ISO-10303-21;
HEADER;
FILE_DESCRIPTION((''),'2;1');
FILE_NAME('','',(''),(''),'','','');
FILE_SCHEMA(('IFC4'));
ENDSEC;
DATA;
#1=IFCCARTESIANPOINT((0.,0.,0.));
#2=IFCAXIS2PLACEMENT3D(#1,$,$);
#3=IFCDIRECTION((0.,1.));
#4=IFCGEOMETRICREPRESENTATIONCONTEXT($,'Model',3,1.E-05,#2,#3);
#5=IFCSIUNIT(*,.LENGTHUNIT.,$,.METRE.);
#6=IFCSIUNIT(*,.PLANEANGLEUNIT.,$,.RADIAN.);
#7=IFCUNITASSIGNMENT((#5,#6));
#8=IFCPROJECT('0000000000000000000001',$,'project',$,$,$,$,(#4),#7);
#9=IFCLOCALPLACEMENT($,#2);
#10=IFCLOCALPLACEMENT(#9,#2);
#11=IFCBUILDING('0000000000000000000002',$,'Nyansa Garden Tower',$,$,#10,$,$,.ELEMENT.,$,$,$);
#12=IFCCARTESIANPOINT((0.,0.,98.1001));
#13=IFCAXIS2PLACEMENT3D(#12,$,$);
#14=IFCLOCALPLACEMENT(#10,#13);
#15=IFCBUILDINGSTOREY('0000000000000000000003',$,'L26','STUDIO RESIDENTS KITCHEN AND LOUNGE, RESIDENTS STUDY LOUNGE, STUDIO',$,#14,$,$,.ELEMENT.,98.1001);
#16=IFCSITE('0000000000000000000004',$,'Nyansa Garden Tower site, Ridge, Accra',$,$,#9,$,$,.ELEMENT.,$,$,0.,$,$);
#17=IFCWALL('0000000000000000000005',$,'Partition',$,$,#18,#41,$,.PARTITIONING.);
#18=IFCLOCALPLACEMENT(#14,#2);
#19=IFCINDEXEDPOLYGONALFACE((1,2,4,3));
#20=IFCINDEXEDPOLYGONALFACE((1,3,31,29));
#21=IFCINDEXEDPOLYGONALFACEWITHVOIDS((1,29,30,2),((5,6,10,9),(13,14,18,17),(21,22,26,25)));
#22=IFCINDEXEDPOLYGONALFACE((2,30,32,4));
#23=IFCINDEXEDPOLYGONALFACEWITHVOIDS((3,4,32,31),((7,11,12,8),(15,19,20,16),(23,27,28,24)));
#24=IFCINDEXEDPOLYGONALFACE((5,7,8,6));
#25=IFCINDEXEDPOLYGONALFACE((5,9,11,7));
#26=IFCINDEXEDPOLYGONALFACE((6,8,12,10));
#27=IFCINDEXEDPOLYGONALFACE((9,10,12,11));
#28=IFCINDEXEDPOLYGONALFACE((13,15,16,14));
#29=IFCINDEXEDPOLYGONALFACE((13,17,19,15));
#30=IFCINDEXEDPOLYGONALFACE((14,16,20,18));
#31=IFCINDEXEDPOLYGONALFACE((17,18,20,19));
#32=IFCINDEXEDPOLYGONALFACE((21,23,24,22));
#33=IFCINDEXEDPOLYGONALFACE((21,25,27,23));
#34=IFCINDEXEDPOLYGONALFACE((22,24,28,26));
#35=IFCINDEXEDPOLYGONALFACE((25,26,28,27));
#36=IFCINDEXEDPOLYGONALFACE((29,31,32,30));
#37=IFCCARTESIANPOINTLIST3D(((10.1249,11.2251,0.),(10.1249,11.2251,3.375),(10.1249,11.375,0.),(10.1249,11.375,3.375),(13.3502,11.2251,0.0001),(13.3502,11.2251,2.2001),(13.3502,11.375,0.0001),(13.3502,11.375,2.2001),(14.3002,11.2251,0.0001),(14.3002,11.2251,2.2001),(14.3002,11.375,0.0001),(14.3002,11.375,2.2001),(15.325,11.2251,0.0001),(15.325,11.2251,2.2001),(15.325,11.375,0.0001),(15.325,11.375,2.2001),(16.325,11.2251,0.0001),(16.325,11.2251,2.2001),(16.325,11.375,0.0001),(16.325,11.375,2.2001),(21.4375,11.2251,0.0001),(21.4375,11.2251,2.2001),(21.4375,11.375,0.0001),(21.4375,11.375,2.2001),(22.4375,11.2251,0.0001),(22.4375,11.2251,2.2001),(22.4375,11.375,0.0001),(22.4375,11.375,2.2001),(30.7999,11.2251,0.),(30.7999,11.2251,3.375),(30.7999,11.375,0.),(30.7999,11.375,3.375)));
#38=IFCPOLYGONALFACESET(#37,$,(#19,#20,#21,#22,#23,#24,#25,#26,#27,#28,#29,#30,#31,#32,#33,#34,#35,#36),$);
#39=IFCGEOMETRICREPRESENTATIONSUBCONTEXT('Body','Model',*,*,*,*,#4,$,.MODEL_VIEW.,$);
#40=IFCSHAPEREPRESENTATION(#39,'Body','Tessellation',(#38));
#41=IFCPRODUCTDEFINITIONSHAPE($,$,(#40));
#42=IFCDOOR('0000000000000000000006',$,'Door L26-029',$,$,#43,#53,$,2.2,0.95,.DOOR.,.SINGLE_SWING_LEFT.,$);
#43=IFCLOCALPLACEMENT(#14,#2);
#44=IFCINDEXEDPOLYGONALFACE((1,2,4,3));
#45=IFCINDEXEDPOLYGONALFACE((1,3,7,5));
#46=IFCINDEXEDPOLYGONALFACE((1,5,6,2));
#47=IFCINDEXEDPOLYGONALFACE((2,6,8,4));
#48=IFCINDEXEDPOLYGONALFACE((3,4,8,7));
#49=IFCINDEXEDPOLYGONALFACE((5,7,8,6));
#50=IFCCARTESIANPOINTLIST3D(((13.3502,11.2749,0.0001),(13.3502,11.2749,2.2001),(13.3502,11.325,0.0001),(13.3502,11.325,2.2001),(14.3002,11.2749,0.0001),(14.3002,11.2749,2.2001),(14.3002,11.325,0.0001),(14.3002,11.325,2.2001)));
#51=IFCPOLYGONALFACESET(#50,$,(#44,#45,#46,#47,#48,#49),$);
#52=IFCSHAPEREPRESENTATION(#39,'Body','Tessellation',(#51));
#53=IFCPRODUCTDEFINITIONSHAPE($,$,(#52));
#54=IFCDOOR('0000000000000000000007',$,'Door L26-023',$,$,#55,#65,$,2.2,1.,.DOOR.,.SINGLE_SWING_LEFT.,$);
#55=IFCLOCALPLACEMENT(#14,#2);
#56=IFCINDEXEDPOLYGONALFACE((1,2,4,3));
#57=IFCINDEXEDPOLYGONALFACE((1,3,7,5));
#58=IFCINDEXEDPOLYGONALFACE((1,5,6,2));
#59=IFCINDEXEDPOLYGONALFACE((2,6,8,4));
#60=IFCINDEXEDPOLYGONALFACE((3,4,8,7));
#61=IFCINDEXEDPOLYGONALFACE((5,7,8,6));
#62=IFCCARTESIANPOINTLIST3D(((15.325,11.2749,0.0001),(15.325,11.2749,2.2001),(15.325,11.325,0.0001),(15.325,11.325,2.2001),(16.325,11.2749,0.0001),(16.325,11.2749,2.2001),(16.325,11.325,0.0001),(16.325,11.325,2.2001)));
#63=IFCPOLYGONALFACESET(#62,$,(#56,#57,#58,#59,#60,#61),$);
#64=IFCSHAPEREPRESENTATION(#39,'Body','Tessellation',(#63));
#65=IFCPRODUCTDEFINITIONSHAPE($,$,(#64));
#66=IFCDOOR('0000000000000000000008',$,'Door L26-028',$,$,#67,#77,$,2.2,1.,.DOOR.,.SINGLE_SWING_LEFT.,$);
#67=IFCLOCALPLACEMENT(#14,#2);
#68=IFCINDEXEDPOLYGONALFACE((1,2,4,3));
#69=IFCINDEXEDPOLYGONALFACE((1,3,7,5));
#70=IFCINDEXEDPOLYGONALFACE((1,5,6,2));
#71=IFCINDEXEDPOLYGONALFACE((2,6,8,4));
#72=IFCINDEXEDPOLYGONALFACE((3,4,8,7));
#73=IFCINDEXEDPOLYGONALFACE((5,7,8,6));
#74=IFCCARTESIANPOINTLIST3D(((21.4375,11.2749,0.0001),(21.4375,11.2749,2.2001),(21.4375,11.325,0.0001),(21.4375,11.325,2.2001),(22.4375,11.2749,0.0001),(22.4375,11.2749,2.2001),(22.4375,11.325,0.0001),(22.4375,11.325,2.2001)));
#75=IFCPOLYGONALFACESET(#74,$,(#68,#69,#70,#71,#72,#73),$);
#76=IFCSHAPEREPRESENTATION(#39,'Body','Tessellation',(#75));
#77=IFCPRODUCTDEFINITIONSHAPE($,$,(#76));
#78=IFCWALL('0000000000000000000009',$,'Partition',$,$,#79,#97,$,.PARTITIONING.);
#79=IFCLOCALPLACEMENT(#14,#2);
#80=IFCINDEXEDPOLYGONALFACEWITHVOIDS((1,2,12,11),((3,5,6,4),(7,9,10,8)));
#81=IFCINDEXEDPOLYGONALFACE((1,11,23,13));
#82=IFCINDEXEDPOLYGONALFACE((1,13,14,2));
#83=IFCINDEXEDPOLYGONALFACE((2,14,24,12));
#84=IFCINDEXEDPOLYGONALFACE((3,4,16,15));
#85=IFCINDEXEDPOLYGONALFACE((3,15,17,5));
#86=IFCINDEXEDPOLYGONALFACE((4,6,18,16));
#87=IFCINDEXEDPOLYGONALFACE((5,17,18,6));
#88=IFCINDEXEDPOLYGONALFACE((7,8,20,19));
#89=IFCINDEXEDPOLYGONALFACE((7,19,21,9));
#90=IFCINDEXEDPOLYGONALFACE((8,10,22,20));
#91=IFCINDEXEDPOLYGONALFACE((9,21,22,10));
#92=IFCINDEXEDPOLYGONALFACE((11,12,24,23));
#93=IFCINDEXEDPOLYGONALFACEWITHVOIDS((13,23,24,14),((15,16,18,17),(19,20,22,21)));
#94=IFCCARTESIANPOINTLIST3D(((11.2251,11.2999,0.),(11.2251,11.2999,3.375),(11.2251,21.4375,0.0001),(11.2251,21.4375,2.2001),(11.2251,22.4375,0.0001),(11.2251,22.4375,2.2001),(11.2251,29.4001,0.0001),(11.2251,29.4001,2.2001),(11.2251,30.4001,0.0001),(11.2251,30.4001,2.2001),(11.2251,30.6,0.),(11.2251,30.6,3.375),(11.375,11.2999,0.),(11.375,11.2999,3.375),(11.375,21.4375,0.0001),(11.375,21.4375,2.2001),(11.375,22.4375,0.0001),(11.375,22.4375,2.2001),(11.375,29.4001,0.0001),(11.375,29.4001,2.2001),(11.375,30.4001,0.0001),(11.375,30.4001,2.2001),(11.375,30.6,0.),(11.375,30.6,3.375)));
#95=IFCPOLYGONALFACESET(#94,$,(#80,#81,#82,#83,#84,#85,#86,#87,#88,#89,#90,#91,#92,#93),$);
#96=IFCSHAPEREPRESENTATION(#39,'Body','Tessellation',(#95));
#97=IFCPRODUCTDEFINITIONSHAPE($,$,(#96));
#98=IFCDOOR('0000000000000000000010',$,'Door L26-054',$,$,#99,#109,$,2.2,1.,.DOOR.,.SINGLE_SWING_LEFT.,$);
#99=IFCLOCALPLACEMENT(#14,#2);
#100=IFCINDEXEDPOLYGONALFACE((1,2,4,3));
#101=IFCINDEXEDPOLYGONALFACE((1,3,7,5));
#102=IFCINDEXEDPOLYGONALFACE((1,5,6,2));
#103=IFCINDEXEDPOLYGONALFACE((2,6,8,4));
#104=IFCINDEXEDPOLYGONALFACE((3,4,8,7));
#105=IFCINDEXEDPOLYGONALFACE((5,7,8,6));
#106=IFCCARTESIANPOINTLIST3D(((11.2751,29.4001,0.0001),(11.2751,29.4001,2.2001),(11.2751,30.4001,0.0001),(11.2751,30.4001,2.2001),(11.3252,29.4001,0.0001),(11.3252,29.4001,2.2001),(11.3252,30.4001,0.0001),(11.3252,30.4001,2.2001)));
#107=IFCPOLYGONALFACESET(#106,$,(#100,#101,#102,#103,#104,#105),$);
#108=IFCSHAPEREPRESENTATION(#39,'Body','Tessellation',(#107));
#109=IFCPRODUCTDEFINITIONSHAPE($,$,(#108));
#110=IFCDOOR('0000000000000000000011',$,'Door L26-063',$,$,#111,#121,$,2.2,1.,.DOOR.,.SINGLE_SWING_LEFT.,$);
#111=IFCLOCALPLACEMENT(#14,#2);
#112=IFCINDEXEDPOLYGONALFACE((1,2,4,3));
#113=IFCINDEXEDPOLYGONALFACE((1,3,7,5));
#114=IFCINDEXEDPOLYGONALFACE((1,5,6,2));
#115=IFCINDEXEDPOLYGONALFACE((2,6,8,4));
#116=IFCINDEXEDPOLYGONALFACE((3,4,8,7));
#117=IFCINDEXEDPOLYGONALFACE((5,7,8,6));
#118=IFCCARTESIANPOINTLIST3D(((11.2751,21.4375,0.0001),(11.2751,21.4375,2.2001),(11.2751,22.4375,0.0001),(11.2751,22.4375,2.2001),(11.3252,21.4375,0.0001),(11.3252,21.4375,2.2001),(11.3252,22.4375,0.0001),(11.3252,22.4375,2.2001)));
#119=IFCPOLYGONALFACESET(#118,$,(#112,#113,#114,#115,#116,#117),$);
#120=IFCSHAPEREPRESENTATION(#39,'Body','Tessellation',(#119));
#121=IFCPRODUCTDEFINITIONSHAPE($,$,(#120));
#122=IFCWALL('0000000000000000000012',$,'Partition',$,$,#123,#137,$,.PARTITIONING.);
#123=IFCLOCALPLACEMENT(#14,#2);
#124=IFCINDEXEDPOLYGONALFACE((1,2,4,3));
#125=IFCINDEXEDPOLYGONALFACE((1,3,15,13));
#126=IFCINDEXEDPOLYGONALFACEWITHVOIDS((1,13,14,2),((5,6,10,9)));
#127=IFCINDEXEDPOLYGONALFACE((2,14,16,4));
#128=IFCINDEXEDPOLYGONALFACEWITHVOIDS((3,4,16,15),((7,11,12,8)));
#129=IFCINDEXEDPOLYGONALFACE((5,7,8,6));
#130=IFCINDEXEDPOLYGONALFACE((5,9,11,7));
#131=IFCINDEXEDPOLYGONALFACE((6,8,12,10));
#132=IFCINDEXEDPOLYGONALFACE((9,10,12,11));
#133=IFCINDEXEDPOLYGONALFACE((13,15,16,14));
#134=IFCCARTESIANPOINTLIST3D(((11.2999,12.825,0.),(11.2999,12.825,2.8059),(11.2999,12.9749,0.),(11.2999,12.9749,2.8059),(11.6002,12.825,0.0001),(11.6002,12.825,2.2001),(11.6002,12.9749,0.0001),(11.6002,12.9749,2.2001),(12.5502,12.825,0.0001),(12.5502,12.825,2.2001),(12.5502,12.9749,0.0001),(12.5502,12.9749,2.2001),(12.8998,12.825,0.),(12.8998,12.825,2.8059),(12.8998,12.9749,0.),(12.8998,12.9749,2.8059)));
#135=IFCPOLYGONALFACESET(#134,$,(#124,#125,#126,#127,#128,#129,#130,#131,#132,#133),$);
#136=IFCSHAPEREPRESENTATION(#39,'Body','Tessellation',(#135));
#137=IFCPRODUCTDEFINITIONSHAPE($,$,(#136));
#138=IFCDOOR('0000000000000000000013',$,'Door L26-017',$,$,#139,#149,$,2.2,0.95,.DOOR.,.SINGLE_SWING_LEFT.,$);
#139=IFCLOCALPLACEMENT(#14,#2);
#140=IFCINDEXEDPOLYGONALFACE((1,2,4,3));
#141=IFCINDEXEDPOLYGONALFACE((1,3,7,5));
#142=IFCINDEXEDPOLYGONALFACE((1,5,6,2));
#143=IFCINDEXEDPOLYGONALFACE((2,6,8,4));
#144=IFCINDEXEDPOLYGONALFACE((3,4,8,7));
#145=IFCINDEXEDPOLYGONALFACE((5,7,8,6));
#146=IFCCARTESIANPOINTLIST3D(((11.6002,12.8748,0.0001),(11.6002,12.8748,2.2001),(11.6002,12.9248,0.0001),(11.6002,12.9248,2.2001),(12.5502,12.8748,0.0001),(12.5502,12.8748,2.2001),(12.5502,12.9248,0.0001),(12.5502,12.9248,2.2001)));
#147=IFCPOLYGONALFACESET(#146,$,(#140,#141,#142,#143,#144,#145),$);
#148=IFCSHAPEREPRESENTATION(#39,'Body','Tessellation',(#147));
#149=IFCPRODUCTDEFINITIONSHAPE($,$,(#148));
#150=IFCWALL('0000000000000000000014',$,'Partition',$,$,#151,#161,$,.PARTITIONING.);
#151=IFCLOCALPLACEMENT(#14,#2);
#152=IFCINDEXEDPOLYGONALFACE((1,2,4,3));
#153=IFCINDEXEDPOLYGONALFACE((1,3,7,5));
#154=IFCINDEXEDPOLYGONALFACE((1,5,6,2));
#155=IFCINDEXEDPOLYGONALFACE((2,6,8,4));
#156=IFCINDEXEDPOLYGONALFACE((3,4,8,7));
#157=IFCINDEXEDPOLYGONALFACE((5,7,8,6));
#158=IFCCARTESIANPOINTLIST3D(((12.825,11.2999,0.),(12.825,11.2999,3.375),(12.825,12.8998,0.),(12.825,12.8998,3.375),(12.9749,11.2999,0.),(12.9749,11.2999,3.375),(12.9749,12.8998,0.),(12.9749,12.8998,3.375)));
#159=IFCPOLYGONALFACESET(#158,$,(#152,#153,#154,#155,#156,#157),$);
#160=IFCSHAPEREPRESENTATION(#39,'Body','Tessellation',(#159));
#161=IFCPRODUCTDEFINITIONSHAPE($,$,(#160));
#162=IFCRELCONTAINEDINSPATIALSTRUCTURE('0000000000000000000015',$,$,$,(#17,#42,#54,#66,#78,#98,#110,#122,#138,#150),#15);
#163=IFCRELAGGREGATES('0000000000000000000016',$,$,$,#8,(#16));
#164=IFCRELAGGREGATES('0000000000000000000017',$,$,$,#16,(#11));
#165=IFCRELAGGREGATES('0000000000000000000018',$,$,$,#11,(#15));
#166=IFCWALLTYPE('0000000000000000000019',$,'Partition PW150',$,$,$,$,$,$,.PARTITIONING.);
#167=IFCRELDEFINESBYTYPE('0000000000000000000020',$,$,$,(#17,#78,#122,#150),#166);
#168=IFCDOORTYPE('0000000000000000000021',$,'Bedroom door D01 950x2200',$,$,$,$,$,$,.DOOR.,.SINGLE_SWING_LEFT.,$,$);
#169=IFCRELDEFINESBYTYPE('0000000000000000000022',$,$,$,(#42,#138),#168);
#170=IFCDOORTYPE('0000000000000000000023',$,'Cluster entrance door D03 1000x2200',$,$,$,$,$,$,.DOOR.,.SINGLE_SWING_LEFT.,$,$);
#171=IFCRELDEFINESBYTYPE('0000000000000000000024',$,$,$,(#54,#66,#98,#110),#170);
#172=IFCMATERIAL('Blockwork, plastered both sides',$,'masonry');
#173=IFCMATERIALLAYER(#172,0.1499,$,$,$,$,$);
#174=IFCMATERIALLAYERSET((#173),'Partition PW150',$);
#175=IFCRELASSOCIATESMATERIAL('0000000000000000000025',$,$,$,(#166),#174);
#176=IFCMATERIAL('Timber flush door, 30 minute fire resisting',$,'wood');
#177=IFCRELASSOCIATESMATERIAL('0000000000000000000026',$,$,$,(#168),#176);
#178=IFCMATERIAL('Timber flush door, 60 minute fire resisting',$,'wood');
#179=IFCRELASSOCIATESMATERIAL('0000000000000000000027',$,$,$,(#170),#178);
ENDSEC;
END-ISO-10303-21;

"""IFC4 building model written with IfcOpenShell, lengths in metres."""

from ifc_helpers import new_model, si_unit, direction, frame, frame_2d, origin, place, context, subcontext, project, spatial, rectangle, extrude, material, layer, layer_set, type_object, element, fill, save


model = new_model("IFC4")

# Units and contexts
model_context = context("Model", 3, precision=1e-05, world=origin(), true_north=direction((0.0, 1.0)))
body_context = subcontext(model_context, "Body", "Model", "MODEL_VIEW")
ifc_project = project(units=[si_unit("LENGTHUNIT", "METRE"), si_unit("PLANEANGLEUNIT", "RADIAN")], contexts=[model_context])

# Site, building, storey
site_placement = place(None, origin())
site = spatial("IfcSite", under=ifc_project, at=site_placement, Name="Nyansa Garden Tower site, Ridge, Accra", CompositionType="ELEMENT", RefElevation=0.0)
building_placement = place(site_placement, origin())
building = spatial("IfcBuilding", under=site, at=building_placement, Name="Nyansa Garden Tower", CompositionType="ELEMENT")
storey_placement = place(building_placement, frame((0.0, 0.0, 98.1001)))
storey = spatial("IfcBuildingStorey", under=building, at=storey_placement, Name="L26", Description="STUDIO RESIDENTS KITCHEN AND LOUNGE, RESIDENTS STUDY LOUNGE, STUDIO", CompositionType="ELEMENT", Elevation=98.1001)

# Shared definitions
ifc_material_1 = material(Name="Blockwork, plastered both sides", Category="masonry")
ifc_layer_1 = layer(ifc_material_1, 0.1499)
ifc_layer_set_1 = layer_set([ifc_layer_1], Name="Partition PW150")
wall_type_1 = type_object("IfcWallType", Name="Partition PW150", PredefinedType="PARTITIONING", material=ifc_layer_set_1)

# Walls, openings, doors
wall_1_placement = place(storey_placement, frame((10.125, 11.3, 0.0), z_axis=(0.0, 0.0, 1.0), x_axis=(1.0, 0.0, 0.0)))
wall_1 = element("IfcWall", 1, at=wall_1_placement, inside=storey, type_object=wall_type_1, Name="Partition", PredefinedType="PARTITIONING", context=body_context, shape_type="SweptSolid", body=[
    extrude(rectangle(XDim=20.675, YDim=0.1499, at=frame_2d((10.3374, 0.0))), origin(), (0.0, 0.0, 1.0), 3.375),
])
opening_1_placement = place(wall_1_placement, frame((5.2, 0.0, 0.0)))
opening_1 = element("IfcOpeningElement", 2, at=opening_1_placement, cuts=wall_1, PredefinedType="OPENING", context=body_context, shape_type="SweptSolid", body=[
    extrude(rectangle(XDim=1.0, YDim=2.2, at=frame_2d((0.5, 1.1001))), frame((0.0, 0.085, 0.0), z_axis=(0.0, -1.0, 0.0), x_axis=(1.0, 0.0, 0.0)), (0.0, 0.0, 1.0), 0.1699),
])
opening_2_placement = place(wall_1_placement, frame((11.3125, 0.0, 0.0)))
opening_2 = element("IfcOpeningElement", 3, at=opening_2_placement, cuts=wall_1, PredefinedType="OPENING", context=body_context, shape_type="SweptSolid", body=[
    extrude(rectangle(XDim=1.0, YDim=2.2, at=frame_2d((0.5, 1.1001))), frame((0.0, 0.085, 0.0), z_axis=(0.0, -1.0, 0.0), x_axis=(1.0, 0.0, 0.0)), (0.0, 0.0, 1.0), 0.1699),
])
opening_3_placement = place(wall_1_placement, frame((3.2251, 0.0, 0.0)))
opening_3 = element("IfcOpeningElement", 4, at=opening_3_placement, cuts=wall_1, PredefinedType="OPENING", context=body_context, shape_type="SweptSolid", body=[
    extrude(rectangle(XDim=0.95, YDim=2.2, at=frame_2d((0.4751, 1.1001))), frame((0.0, 0.085, 0.0), z_axis=(0.0, -1.0, 0.0), x_axis=(1.0, 0.0, 0.0)), (0.0, 0.0, 1.0), 0.1699),
])
ifc_material_2 = material(Name="Timber flush door, 30 minute fire resisting", Category="wood")
door_type_1 = type_object("IfcDoorType", Name="Bedroom door D01 950x2200", OperationType="SINGLE_SWING_LEFT", PredefinedType="DOOR", material=ifc_material_2)
door_1_placement = place(opening_3_placement, origin())
door_1 = element("IfcDoor", 5, at=door_1_placement, inside=storey, type_object=door_type_1, Name="Door L26-029", OperationType="SINGLE_SWING_LEFT", OverallHeight=2.2, OverallWidth=0.95, PredefinedType="DOOR", context=body_context, shape_type="SweptSolid", body=[
    extrude(rectangle(XDim=0.95, YDim=2.2, at=frame_2d((0.4751, 1.1001))), frame((0.0, 0.0249, 0.0), z_axis=(0.0, -1.0, 0.0), x_axis=(1.0, 0.0, 0.0)), (0.0, 0.0, 1.0), 0.05),
])
fill(opening_3, door_1)
ifc_material_3 = material(Name="Timber flush door, 60 minute fire resisting", Category="wood")
door_type_2 = type_object("IfcDoorType", Name="Cluster entrance door D03 1000x2200", OperationType="SINGLE_SWING_LEFT", PredefinedType="DOOR", material=ifc_material_3)
door_2_placement = place(opening_1_placement, origin())
door_2 = element("IfcDoor", 6, at=door_2_placement, inside=storey, type_object=door_type_2, Name="Door L26-023", OperationType="SINGLE_SWING_LEFT", OverallHeight=2.2, OverallWidth=1.0, PredefinedType="DOOR", context=body_context, shape_type="SweptSolid", body=[
    extrude(rectangle(XDim=1.0, YDim=2.2, at=frame_2d((0.5, 1.1001))), frame((0.0, 0.0249, 0.0), z_axis=(0.0, -1.0, 0.0), x_axis=(1.0, 0.0, 0.0)), (0.0, 0.0, 1.0), 0.05),
])
fill(opening_1, door_2)
door_3_placement = place(opening_2_placement, origin())
door_3 = element("IfcDoor", 7, at=door_3_placement, inside=storey, type_object=door_type_2, Name="Door L26-028", OperationType="SINGLE_SWING_LEFT", OverallHeight=2.2, OverallWidth=1.0, PredefinedType="DOOR", context=body_context, shape_type="SweptSolid", body=[
    extrude(rectangle(XDim=1.0, YDim=2.2, at=frame_2d((0.5, 1.1001))), frame((0.0, 0.0249, 0.0), z_axis=(0.0, -1.0, 0.0), x_axis=(1.0, 0.0, 0.0)), (0.0, 0.0, 1.0), 0.05),
])
fill(opening_2, door_3)
wall_2_placement = place(storey_placement, frame((11.3, 11.3, 0.0), z_axis=(0.0, 0.0, 1.0), x_axis=(0.0, 1.0, 0.0)))
wall_2 = element("IfcWall", 8, at=wall_2_placement, inside=storey, type_object=wall_type_1, Name="Partition", PredefinedType="PARTITIONING", context=body_context, shape_type="SweptSolid", body=[
    extrude(rectangle(XDim=19.3, YDim=0.1499, at=frame_2d((9.6499, 0.0))), origin(), (0.0, 0.0, 1.0), 3.375),
])
opening_4_placement = place(wall_2_placement, frame((18.1001, 0.0, 0.0)))
opening_4 = element("IfcOpeningElement", 9, at=opening_4_placement, cuts=wall_2, PredefinedType="OPENING", context=body_context, shape_type="SweptSolid", body=[
    extrude(rectangle(XDim=1.0, YDim=2.2, at=frame_2d((0.5, 1.1001))), frame((0.0, 0.085, 0.0), z_axis=(0.0, -1.0, 0.0), x_axis=(1.0, 0.0, 0.0)), (0.0, 0.0, 1.0), 0.1699),
])
opening_5_placement = place(wall_2_placement, frame((10.1375, 0.0, 0.0)))
opening_5 = element("IfcOpeningElement", 10, at=opening_5_placement, cuts=wall_2, PredefinedType="OPENING", context=body_context, shape_type="SweptSolid", body=[
    extrude(rectangle(XDim=1.0, YDim=2.2, at=frame_2d((0.5, 1.1001))), frame((0.0, 0.085, 0.0), z_axis=(0.0, -1.0, 0.0), x_axis=(1.0, 0.0, 0.0)), (0.0, 0.0, 1.0), 0.1699),
])
door_4_placement = place(opening_4_placement, origin())
door_4 = element("IfcDoor", 11, at=door_4_placement, inside=storey, type_object=door_type_2, Name="Door L26-054", OperationType="SINGLE_SWING_LEFT", OverallHeight=2.2, OverallWidth=1.0, PredefinedType="DOOR", context=body_context, shape_type="SweptSolid", body=[
    extrude(rectangle(XDim=1.0, YDim=2.2, at=frame_2d((0.5, 1.1001))), frame((0.0, 0.0249, 0.0), z_axis=(0.0, -1.0, 0.0), x_axis=(1.0, 0.0, 0.0)), (0.0, 0.0, 1.0), 0.05),
])
fill(opening_4, door_4)
door_5_placement = place(opening_5_placement, origin())
door_5 = element("IfcDoor", 12, at=door_5_placement, inside=storey, type_object=door_type_2, Name="Door L26-063", OperationType="SINGLE_SWING_LEFT", OverallHeight=2.2, OverallWidth=1.0, PredefinedType="DOOR", context=body_context, shape_type="SweptSolid", body=[
    extrude(rectangle(XDim=1.0, YDim=2.2, at=frame_2d((0.5, 1.1001))), frame((0.0, 0.0249, 0.0), z_axis=(0.0, -1.0, 0.0), x_axis=(1.0, 0.0, 0.0)), (0.0, 0.0, 1.0), 0.05),
])
fill(opening_5, door_5)

# Wall, opening, door
wall_3_placement = place(storey_placement, frame((11.3, 12.8999, 0.0), z_axis=(0.0, 0.0, 1.0), x_axis=(1.0, 0.0, 0.0)))
wall_3 = element("IfcWall", 13, at=wall_3_placement, inside=storey, type_object=wall_type_1, Name="Partition", PredefinedType="PARTITIONING", context=body_context, shape_type="SweptSolid", body=[
    extrude(rectangle(XDim=1.5999, YDim=0.1499, at=frame_2d((0.7998, 0.0))), origin(), (0.0, 0.0, 1.0), 2.8059),
])
opening_6_placement = place(wall_3_placement, frame((0.3, 0.0, 0.0)))
opening_6 = element("IfcOpeningElement", 14, at=opening_6_placement, cuts=wall_3, PredefinedType="OPENING", context=body_context, shape_type="SweptSolid", body=[
    extrude(rectangle(XDim=0.95, YDim=2.2, at=frame_2d((0.4751, 1.1001))), frame((0.0, 0.085, 0.0), z_axis=(0.0, -1.0, 0.0), x_axis=(1.0, 0.0, 0.0)), (0.0, 0.0, 1.0), 0.1699),
])
door_6_placement = place(opening_6_placement, origin())
door_6 = element("IfcDoor", 15, at=door_6_placement, inside=storey, type_object=door_type_1, Name="Door L26-017", OperationType="SINGLE_SWING_LEFT", OverallHeight=2.2, OverallWidth=0.95, PredefinedType="DOOR", context=body_context, shape_type="SweptSolid", body=[
    extrude(rectangle(XDim=0.95, YDim=2.2, at=frame_2d((0.4751, 1.1001))), frame((0.0, 0.0249, 0.0), z_axis=(0.0, -1.0, 0.0), x_axis=(1.0, 0.0, 0.0)), (0.0, 0.0, 1.0), 0.05),
])
fill(opening_6, door_6)

# Wall
wall_4_placement = place(storey_placement, frame((12.8999, 11.3, 0.0), z_axis=(0.0, 0.0, 1.0), x_axis=(0.0, 1.0, 0.0)))
element("IfcWall", 16, at=wall_4_placement, inside=storey, type_object=wall_type_1, Name="Partition", PredefinedType="PARTITIONING", context=body_context, shape_type="SweptSolid", body=[
    extrude(rectangle(XDim=1.5999, YDim=0.1499, at=frame_2d((0.7998, 0.0))), origin(), (0.0, 0.0, 1.0), 3.375),
])

save(model, "model.ifc")
